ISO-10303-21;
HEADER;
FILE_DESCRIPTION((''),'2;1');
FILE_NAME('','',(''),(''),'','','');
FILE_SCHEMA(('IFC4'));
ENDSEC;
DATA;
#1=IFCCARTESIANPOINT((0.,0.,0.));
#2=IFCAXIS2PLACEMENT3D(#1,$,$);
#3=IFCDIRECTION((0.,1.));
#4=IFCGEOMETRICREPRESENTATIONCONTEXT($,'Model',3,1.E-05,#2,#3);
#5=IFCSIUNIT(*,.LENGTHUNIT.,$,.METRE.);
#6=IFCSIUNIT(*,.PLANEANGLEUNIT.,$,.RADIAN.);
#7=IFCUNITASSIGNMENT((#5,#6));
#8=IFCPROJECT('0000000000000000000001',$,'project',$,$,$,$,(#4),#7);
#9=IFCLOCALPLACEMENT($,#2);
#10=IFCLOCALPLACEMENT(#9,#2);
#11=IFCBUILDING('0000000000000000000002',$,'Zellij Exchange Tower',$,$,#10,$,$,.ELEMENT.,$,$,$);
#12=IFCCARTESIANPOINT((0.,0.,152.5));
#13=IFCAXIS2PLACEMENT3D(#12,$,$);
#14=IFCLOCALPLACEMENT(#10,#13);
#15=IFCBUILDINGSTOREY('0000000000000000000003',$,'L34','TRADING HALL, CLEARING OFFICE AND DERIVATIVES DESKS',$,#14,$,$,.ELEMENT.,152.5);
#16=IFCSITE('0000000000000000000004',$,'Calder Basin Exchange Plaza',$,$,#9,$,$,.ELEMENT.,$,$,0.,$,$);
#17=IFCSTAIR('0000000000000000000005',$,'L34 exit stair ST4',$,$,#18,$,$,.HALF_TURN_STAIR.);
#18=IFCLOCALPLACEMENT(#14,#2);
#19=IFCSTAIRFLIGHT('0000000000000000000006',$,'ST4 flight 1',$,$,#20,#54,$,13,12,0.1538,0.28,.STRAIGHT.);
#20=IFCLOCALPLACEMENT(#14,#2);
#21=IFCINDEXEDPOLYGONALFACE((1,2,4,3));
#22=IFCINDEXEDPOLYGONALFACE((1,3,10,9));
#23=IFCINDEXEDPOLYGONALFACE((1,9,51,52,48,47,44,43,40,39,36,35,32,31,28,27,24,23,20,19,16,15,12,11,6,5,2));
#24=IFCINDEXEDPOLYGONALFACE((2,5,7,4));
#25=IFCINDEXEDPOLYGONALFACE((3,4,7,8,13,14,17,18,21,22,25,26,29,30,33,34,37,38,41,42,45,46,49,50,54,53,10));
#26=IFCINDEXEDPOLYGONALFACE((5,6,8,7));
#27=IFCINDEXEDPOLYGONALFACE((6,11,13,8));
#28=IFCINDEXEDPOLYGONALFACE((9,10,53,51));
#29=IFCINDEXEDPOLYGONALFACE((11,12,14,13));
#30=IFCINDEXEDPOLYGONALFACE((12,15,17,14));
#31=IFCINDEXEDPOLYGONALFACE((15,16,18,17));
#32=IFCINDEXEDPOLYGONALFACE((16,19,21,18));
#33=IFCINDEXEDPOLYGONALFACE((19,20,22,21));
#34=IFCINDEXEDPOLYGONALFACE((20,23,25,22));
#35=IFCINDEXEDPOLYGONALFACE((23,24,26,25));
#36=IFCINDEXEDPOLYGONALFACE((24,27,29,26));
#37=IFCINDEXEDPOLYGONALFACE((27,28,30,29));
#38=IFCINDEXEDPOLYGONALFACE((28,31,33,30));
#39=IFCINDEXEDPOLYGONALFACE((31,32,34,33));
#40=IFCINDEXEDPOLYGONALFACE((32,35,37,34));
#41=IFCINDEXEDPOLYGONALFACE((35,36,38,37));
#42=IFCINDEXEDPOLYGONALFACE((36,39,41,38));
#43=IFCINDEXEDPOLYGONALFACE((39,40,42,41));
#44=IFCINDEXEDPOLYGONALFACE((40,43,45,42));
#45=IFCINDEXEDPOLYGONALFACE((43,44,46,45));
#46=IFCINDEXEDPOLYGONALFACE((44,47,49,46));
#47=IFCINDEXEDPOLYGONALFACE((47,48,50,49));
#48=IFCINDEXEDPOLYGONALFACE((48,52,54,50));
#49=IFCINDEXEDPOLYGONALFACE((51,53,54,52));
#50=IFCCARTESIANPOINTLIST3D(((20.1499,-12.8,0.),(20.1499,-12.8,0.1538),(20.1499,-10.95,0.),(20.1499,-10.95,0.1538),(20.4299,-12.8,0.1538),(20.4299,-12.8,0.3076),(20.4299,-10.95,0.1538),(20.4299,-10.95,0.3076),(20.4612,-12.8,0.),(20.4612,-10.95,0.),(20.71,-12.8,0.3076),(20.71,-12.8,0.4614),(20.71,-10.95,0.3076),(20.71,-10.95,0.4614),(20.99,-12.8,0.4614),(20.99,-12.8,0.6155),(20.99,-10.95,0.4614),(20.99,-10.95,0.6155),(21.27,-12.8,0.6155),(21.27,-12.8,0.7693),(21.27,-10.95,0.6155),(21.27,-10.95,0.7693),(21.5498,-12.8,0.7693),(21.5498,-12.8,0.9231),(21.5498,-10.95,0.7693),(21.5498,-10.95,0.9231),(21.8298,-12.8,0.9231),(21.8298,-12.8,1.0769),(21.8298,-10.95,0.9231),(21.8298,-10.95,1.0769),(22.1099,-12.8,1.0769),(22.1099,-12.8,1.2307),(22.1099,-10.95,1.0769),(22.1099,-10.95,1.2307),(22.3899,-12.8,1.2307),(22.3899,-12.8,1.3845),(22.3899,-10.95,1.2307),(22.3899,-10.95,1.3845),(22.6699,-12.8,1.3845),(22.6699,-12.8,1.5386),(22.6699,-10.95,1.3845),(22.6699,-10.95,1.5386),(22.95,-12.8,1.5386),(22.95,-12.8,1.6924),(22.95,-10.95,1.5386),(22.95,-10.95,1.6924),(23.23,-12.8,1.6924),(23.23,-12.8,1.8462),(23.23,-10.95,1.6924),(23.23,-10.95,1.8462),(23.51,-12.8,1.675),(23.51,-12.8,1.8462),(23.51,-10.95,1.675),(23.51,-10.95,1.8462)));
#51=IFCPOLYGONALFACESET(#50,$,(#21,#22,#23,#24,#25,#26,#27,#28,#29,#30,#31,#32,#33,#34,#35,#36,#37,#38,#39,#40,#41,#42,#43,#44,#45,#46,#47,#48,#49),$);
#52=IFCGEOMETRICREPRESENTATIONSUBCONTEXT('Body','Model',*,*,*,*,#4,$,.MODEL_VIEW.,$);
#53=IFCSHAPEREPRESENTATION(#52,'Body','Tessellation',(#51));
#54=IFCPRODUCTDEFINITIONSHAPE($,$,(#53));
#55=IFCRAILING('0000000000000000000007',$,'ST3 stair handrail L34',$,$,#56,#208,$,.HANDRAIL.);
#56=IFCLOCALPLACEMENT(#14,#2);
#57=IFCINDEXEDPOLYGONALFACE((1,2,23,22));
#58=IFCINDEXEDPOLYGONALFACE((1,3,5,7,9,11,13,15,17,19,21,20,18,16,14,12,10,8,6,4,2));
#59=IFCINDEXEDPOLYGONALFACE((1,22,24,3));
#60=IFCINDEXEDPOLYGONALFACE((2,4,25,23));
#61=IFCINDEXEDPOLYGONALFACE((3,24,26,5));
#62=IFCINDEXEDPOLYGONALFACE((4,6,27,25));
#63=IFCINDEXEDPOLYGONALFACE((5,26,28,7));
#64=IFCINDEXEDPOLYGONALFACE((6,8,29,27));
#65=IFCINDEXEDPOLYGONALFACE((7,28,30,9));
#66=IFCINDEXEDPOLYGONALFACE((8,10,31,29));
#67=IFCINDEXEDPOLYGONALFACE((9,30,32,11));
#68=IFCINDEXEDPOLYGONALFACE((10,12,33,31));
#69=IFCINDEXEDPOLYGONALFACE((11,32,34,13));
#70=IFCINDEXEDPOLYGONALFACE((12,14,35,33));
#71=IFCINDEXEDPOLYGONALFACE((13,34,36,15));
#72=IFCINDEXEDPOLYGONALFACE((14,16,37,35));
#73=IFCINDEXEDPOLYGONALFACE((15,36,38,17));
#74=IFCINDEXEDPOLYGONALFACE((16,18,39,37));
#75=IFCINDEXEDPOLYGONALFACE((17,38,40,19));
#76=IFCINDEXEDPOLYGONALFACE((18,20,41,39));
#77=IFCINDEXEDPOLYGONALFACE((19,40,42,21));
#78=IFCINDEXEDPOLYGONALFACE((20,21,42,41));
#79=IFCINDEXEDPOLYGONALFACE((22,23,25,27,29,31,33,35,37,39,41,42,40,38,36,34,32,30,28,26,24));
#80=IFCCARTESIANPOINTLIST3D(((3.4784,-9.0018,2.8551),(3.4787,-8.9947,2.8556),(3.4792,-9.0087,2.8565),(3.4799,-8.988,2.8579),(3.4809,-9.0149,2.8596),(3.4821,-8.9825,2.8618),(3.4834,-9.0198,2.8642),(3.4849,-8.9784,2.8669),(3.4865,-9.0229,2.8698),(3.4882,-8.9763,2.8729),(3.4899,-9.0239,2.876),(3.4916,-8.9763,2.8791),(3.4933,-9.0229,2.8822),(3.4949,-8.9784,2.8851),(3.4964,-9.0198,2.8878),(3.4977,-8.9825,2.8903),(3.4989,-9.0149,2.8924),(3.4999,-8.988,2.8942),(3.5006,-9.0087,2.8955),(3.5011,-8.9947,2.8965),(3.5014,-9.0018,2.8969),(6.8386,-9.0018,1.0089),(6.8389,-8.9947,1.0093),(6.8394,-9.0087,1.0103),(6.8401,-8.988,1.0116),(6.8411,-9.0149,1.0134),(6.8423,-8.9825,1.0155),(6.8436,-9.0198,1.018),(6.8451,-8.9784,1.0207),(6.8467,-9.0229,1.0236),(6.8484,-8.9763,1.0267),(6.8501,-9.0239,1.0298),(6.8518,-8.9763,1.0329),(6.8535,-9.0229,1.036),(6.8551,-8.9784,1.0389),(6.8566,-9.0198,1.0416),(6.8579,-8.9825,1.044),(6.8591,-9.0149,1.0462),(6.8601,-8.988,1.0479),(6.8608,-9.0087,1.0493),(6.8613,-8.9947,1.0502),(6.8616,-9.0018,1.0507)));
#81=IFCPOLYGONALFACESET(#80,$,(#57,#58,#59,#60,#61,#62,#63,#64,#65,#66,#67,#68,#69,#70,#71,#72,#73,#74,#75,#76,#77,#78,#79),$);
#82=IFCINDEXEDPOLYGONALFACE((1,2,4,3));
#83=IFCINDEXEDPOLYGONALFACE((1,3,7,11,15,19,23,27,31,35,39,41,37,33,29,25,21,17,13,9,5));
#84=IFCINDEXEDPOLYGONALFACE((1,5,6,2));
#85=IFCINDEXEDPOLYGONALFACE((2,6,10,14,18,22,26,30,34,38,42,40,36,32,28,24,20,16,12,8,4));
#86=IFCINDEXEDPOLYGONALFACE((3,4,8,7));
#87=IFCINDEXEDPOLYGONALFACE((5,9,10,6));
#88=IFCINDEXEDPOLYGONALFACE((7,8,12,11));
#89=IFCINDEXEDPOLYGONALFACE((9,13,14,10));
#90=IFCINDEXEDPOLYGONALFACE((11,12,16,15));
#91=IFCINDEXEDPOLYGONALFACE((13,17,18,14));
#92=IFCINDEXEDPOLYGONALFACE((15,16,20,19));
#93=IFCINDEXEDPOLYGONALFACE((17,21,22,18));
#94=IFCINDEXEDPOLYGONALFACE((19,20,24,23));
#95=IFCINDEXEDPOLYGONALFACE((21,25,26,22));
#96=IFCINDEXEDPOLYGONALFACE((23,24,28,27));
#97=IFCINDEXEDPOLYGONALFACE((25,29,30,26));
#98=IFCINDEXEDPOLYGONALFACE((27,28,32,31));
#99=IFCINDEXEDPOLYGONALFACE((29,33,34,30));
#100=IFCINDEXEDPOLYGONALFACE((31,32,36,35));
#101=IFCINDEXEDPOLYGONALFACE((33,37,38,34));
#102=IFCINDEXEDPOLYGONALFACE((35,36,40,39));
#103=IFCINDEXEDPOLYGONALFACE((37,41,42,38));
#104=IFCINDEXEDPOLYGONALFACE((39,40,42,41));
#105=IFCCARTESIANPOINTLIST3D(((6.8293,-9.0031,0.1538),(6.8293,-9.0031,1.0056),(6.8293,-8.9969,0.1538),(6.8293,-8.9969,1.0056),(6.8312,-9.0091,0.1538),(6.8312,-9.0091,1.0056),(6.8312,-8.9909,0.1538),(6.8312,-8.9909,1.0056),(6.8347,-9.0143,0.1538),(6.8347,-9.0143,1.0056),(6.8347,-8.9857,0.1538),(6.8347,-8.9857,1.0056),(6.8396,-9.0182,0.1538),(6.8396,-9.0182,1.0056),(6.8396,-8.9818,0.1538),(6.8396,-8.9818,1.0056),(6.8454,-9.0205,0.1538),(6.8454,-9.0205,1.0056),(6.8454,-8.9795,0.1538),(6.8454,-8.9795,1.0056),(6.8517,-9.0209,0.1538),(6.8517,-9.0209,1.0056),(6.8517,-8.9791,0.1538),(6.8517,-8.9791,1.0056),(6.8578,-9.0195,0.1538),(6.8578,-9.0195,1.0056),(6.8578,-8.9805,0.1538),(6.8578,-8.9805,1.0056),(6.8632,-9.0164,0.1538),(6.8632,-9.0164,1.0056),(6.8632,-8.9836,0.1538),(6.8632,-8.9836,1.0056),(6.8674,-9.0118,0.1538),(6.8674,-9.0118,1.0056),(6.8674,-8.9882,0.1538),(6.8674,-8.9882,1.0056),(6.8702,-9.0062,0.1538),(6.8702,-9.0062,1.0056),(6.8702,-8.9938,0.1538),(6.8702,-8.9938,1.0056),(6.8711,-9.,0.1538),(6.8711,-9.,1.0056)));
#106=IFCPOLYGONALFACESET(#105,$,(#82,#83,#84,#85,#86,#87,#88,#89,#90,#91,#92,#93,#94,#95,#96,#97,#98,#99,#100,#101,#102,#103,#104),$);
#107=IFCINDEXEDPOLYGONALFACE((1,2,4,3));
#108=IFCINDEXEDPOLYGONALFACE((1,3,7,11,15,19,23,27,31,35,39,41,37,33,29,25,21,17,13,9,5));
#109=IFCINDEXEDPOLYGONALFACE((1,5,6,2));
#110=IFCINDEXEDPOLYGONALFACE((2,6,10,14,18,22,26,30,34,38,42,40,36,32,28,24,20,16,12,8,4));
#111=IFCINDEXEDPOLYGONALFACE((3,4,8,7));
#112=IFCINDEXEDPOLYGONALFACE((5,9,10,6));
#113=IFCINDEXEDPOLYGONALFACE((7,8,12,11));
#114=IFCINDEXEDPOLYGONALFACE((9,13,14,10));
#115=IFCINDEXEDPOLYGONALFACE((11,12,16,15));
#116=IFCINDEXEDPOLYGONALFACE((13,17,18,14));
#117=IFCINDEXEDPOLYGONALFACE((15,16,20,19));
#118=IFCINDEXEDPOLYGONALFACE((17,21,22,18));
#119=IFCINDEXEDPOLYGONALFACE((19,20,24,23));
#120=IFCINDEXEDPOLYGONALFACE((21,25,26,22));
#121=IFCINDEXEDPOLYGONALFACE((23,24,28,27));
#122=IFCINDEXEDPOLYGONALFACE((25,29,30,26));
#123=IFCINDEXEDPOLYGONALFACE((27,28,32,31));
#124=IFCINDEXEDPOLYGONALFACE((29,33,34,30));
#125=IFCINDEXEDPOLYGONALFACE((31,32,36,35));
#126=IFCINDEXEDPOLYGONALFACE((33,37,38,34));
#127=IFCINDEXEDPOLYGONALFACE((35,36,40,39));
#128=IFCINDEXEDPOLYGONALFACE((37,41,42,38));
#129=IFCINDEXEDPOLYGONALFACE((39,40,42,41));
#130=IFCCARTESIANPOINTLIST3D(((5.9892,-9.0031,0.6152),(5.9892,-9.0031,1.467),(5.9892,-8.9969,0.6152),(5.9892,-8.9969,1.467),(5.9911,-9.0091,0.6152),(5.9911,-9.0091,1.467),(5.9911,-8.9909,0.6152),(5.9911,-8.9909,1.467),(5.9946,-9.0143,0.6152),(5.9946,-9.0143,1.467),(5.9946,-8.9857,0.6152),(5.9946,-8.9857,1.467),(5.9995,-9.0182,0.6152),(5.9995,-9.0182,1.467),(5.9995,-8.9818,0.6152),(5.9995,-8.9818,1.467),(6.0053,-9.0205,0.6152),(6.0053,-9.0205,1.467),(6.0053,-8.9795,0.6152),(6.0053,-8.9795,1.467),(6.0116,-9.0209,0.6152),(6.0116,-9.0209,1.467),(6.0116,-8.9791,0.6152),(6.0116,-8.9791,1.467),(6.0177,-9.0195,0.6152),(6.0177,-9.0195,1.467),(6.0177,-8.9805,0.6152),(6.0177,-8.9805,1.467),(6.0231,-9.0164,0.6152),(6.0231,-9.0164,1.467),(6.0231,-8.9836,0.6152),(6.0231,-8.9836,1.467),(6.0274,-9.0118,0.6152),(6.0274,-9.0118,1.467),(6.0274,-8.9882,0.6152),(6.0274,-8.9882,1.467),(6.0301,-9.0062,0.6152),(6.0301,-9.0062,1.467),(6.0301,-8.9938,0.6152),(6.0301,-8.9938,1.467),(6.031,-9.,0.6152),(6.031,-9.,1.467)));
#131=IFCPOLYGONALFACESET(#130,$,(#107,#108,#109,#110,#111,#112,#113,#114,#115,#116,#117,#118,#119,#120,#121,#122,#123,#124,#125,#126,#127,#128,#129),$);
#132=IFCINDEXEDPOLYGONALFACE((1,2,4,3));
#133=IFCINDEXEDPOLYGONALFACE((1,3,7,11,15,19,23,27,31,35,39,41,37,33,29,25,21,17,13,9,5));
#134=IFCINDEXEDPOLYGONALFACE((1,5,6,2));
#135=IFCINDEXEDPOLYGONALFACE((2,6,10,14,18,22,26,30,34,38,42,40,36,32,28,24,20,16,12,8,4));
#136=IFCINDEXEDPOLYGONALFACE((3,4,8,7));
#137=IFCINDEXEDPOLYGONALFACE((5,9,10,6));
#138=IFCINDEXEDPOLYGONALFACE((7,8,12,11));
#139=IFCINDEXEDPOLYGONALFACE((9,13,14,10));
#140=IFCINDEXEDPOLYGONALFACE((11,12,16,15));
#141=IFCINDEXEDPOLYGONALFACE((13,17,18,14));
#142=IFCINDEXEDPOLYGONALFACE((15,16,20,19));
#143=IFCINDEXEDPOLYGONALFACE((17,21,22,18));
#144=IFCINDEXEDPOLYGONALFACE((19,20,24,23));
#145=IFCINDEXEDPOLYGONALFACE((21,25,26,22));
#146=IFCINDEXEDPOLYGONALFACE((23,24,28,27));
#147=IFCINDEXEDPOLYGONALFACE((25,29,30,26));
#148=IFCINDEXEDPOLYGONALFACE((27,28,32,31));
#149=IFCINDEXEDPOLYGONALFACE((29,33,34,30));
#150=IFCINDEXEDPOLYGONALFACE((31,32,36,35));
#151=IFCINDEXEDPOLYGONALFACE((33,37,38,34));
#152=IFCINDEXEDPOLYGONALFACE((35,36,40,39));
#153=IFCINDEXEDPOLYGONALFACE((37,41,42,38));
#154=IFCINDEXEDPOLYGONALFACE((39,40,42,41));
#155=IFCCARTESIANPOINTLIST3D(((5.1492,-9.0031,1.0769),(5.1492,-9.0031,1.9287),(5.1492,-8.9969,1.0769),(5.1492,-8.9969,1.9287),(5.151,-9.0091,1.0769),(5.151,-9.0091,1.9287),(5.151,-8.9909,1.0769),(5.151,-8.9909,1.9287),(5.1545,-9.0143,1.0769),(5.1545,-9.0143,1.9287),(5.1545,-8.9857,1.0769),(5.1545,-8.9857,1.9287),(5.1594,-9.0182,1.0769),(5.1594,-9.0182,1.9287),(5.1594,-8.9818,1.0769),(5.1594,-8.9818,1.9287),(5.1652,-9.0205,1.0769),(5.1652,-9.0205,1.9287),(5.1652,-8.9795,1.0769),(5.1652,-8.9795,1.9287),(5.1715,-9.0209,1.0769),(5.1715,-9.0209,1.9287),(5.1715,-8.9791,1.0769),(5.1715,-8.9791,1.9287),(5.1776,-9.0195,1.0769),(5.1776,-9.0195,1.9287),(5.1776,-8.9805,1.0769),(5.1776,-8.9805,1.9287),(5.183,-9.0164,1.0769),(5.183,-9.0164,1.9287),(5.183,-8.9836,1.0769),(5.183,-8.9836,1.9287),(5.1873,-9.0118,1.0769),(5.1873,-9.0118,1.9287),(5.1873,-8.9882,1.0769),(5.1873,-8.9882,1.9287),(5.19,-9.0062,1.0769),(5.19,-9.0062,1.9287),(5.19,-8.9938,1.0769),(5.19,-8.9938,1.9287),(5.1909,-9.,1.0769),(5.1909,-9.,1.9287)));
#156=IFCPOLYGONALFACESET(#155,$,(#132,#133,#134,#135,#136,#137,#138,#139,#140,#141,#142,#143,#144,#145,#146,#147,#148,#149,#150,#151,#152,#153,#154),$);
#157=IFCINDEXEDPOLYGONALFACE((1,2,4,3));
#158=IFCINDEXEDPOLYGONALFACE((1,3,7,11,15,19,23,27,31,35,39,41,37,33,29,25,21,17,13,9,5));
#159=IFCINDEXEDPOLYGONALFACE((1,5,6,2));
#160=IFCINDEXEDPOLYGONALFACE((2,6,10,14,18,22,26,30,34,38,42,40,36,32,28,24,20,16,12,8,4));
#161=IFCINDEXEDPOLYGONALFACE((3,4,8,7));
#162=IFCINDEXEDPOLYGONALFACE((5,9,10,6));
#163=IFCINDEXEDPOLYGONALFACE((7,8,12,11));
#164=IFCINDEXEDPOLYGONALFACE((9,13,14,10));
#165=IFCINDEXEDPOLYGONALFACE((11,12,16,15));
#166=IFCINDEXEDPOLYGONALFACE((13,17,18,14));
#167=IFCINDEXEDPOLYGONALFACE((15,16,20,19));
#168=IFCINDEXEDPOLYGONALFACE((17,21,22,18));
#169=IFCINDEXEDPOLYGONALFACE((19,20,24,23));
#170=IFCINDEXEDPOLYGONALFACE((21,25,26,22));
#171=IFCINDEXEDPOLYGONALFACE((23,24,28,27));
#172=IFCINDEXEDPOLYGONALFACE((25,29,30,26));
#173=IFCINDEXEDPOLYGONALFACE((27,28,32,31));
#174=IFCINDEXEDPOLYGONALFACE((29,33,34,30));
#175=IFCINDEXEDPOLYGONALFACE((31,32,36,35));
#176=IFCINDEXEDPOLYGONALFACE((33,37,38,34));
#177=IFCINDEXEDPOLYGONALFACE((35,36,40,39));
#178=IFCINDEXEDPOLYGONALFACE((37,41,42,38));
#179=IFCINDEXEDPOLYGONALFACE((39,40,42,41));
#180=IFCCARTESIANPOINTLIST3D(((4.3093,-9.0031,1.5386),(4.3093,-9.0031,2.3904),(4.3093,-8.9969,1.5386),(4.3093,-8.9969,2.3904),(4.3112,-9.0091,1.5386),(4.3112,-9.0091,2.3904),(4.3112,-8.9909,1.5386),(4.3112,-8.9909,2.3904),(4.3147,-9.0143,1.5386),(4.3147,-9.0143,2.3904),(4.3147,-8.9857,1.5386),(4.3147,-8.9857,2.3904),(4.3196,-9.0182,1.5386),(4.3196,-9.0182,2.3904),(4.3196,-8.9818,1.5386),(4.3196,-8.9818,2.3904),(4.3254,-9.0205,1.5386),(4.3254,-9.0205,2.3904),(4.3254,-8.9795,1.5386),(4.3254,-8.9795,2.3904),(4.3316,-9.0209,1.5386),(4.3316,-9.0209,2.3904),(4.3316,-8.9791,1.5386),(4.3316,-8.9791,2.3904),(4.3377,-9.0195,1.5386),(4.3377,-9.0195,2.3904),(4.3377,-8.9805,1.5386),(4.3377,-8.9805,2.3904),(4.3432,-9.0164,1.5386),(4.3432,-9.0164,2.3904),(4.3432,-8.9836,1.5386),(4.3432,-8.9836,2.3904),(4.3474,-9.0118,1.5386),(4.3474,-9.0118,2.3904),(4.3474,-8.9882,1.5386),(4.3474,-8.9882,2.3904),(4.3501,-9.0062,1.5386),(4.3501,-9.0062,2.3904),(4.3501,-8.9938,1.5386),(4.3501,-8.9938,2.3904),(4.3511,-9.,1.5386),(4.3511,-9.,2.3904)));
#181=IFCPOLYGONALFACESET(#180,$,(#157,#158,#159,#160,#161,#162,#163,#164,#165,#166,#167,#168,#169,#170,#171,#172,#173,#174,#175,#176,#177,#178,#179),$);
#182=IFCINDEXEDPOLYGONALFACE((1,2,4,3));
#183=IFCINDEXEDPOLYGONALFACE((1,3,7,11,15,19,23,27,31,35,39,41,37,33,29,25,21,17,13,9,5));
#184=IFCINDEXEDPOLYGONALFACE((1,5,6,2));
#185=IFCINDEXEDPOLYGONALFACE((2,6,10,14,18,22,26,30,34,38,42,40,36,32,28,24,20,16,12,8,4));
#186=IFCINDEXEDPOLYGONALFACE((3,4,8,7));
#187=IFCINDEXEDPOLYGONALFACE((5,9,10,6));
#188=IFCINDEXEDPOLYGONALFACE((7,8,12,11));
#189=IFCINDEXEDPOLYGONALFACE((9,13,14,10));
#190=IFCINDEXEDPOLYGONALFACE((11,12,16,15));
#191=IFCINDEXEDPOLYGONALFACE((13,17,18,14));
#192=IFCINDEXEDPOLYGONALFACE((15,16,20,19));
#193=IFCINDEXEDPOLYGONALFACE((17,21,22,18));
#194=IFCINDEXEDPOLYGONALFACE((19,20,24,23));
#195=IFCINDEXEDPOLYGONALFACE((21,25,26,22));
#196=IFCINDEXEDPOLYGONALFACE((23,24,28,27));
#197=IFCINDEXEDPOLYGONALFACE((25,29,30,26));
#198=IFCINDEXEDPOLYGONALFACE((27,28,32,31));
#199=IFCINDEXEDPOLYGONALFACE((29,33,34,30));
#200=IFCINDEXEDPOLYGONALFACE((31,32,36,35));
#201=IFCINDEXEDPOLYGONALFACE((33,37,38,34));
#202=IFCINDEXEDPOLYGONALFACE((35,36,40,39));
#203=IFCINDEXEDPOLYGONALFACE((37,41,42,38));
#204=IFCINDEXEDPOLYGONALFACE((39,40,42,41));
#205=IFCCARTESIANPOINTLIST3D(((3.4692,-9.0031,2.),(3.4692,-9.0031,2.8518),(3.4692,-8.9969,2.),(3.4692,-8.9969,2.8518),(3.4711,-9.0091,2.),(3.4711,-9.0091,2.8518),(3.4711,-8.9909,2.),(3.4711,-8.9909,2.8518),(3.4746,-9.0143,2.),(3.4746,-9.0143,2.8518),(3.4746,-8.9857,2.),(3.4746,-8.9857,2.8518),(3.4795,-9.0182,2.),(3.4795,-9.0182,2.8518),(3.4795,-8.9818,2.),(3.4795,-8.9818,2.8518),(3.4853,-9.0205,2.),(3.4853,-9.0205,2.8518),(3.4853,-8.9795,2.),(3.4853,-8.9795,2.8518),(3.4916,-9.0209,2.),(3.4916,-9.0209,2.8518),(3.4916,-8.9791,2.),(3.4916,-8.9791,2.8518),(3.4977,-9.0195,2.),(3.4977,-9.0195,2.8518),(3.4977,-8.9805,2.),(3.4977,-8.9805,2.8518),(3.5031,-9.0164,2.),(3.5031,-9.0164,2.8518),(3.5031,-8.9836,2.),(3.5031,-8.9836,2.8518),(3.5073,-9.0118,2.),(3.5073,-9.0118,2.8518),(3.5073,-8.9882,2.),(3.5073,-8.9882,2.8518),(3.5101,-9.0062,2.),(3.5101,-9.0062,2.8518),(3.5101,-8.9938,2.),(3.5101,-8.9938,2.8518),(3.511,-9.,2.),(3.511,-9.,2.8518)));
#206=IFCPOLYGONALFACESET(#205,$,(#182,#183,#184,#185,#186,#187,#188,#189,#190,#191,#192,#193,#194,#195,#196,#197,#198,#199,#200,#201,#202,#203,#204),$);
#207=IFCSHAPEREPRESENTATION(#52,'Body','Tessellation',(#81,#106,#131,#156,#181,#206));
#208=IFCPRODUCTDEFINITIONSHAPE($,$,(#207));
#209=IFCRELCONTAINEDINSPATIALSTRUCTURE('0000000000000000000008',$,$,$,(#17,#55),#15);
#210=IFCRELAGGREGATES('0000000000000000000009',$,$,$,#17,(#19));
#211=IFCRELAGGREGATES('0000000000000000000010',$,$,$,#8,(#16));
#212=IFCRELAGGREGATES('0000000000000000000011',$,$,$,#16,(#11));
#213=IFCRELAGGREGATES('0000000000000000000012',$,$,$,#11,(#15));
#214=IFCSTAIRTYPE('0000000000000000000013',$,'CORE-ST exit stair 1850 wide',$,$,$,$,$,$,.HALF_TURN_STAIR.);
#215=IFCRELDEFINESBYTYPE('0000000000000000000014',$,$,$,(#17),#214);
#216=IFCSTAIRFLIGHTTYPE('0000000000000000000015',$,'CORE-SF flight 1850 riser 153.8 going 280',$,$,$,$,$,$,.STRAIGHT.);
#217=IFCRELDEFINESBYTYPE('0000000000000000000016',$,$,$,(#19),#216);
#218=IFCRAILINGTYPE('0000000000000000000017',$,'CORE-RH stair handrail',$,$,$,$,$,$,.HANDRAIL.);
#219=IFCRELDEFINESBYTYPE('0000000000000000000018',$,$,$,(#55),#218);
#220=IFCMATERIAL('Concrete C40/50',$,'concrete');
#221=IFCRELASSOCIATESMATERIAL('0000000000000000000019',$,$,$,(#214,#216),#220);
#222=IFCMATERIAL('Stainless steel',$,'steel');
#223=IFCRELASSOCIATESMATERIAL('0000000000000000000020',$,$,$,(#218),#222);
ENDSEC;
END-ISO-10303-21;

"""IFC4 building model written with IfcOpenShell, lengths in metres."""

from ifc_helpers import new_model, si_unit, direction, frame, origin, origin_2d, place, context, subcontext, project, spatial, polyline, circle, outline, extrude, material, type_object, element, aggregate, save


model = new_model("IFC4")

# Units and contexts
model_context = context("Model", 3, precision=1e-05, world=origin(), true_north=direction((0.0, 1.0)))
body_context = subcontext(model_context, "Body", "Model", "MODEL_VIEW")
ifc_project = project(units=[si_unit("LENGTHUNIT", "METRE"), si_unit("PLANEANGLEUNIT", "RADIAN")], contexts=[model_context])

# Site, building, storey
site_placement = place(None, origin())
site = spatial("IfcSite", under=ifc_project, at=site_placement, Name="Calder Basin Exchange Plaza", CompositionType="ELEMENT", RefElevation=0.0)
building_placement = place(site_placement, origin())
building = spatial("IfcBuilding", under=site, at=building_placement, Name="Zellij Exchange Tower", CompositionType="ELEMENT")
storey_placement = place(building_placement, frame((0.0, 0.0, 152.5)))
storey = spatial("IfcBuildingStorey", under=building, at=storey_placement, Name="L34", Description="TRADING HALL, CLEARING OFFICE AND DERIVATIVES DESKS", CompositionType="ELEMENT", Elevation=152.5)

# Shared definitions
ifc_material_1 = material(Name="Concrete C40/50", Category="concrete")
stair_type = type_object("IfcStairType", Name="CORE-ST exit stair 1850 wide", PredefinedType="HALF_TURN_STAIR", material=ifc_material_1)
stair_flight_type = type_object("IfcStairFlightType", Name="CORE-SF flight 1850 riser 153.8 going 280", PredefinedType="STRAIGHT", material=ifc_material_1)

# Stair, stair flight
stair_1_placement = place(storey_placement, origin())
stair_1 = element("IfcStair", 1, at=stair_1_placement, inside=storey, type_object=stair_type, Name="L34 exit stair ST4", PredefinedType="HALF_TURN_STAIR")
stair_flight_1_placement = place(storey_placement, frame((20.1499, -11.875, 0.0), z_axis=(0.0, 0.0, 1.0), x_axis=(1.0, 0.0, 0.0)))
stair_flight_1 = element("IfcStairFlight", 2, at=stair_flight_1_placement, type_object=stair_flight_type, Name="ST4 flight 1", NumberOfRisers=13, NumberOfTreads=12, PredefinedType="STRAIGHT", RiserHeight=0.1538, TreadLength=0.28, context=body_context, shape_type="SweptSolid", body=[
    extrude(outline(polyline([(0.0, 0.0), (0.0, 0.1538), (0.28, 0.1538), (0.28, 0.3076), (0.5601, 0.3076), (0.5601, 0.4614), (0.8401, 0.4614), (0.8401, 0.6155), (1.1201, 0.6155), (1.1201, 0.7693), (1.3999, 0.7693), (1.3999, 0.9231), (1.6799, 0.9231), (1.6799, 1.0769), (1.96, 1.0769), (1.96, 1.2307), (2.24, 1.2307), (2.24, 1.3845), (2.52, 1.3845), (2.52, 1.5386), (2.8, 1.5386), (2.8, 1.6924), (3.0801, 1.6924), (3.0801, 1.8462), (3.3601, 1.8462), (3.3601, 2.0), (3.3601, 1.675), (0.3113, 0.0), (0.0, 0.0)])), frame((0.0, 0.925, 0.0), z_axis=(0.0, -1.0, 0.0), x_axis=(1.0, 0.0, 0.0)), (0.0, 0.0, 1.0), 1.8501),
])
aggregate(stair_1, [stair_flight_1])

# Railing
ifc_material_2 = material(Name="Stainless steel", Category="steel")
railing_type_1 = type_object("IfcRailingType", Name="CORE-RH stair handrail", PredefinedType="HANDRAIL", material=ifc_material_2)
railing_1_placement = place(storey_placement, frame((6.8501, -9.0, 0.1538)))
element("IfcRailing", 3, at=railing_1_placement, inside=storey, type_object=railing_type_1, Name="ST3 stair handrail L34", PredefinedType="HANDRAIL", context=body_context, shape_type="SweptSolid", body=[
    extrude(circle(Radius=0.0239, at=origin_2d()), frame((0.0, 0.0, 0.876), z_axis=(-0.876422, 0.0, 0.481545), x_axis=(0.0, -1.0, 0.0)), (0.0, 0.0, 1.0), 3.834),
    extrude(circle(Radius=0.021, at=origin_2d()), origin(), (0.0, 0.0, 1.0), 0.8518),
    extrude(circle(Radius=0.021, at=origin_2d()), frame((-0.8401, 0.0, 0.4614)), (0.0, 0.0, 1.0), 0.8518),
    extrude(circle(Radius=0.021, at=origin_2d()), frame((-1.6802, 0.0, 0.9231)), (0.0, 0.0, 1.0), 0.8518),
    extrude(circle(Radius=0.021, at=origin_2d()), frame((-2.52, 0.0, 1.3848)), (0.0, 0.0, 1.0), 0.8518),
    extrude(circle(Radius=0.021, at=origin_2d()), frame((-3.3601, 0.0, 1.8462)), (0.0, 0.0, 1.0), 0.8518),
])

save(model, "model.ifc")
